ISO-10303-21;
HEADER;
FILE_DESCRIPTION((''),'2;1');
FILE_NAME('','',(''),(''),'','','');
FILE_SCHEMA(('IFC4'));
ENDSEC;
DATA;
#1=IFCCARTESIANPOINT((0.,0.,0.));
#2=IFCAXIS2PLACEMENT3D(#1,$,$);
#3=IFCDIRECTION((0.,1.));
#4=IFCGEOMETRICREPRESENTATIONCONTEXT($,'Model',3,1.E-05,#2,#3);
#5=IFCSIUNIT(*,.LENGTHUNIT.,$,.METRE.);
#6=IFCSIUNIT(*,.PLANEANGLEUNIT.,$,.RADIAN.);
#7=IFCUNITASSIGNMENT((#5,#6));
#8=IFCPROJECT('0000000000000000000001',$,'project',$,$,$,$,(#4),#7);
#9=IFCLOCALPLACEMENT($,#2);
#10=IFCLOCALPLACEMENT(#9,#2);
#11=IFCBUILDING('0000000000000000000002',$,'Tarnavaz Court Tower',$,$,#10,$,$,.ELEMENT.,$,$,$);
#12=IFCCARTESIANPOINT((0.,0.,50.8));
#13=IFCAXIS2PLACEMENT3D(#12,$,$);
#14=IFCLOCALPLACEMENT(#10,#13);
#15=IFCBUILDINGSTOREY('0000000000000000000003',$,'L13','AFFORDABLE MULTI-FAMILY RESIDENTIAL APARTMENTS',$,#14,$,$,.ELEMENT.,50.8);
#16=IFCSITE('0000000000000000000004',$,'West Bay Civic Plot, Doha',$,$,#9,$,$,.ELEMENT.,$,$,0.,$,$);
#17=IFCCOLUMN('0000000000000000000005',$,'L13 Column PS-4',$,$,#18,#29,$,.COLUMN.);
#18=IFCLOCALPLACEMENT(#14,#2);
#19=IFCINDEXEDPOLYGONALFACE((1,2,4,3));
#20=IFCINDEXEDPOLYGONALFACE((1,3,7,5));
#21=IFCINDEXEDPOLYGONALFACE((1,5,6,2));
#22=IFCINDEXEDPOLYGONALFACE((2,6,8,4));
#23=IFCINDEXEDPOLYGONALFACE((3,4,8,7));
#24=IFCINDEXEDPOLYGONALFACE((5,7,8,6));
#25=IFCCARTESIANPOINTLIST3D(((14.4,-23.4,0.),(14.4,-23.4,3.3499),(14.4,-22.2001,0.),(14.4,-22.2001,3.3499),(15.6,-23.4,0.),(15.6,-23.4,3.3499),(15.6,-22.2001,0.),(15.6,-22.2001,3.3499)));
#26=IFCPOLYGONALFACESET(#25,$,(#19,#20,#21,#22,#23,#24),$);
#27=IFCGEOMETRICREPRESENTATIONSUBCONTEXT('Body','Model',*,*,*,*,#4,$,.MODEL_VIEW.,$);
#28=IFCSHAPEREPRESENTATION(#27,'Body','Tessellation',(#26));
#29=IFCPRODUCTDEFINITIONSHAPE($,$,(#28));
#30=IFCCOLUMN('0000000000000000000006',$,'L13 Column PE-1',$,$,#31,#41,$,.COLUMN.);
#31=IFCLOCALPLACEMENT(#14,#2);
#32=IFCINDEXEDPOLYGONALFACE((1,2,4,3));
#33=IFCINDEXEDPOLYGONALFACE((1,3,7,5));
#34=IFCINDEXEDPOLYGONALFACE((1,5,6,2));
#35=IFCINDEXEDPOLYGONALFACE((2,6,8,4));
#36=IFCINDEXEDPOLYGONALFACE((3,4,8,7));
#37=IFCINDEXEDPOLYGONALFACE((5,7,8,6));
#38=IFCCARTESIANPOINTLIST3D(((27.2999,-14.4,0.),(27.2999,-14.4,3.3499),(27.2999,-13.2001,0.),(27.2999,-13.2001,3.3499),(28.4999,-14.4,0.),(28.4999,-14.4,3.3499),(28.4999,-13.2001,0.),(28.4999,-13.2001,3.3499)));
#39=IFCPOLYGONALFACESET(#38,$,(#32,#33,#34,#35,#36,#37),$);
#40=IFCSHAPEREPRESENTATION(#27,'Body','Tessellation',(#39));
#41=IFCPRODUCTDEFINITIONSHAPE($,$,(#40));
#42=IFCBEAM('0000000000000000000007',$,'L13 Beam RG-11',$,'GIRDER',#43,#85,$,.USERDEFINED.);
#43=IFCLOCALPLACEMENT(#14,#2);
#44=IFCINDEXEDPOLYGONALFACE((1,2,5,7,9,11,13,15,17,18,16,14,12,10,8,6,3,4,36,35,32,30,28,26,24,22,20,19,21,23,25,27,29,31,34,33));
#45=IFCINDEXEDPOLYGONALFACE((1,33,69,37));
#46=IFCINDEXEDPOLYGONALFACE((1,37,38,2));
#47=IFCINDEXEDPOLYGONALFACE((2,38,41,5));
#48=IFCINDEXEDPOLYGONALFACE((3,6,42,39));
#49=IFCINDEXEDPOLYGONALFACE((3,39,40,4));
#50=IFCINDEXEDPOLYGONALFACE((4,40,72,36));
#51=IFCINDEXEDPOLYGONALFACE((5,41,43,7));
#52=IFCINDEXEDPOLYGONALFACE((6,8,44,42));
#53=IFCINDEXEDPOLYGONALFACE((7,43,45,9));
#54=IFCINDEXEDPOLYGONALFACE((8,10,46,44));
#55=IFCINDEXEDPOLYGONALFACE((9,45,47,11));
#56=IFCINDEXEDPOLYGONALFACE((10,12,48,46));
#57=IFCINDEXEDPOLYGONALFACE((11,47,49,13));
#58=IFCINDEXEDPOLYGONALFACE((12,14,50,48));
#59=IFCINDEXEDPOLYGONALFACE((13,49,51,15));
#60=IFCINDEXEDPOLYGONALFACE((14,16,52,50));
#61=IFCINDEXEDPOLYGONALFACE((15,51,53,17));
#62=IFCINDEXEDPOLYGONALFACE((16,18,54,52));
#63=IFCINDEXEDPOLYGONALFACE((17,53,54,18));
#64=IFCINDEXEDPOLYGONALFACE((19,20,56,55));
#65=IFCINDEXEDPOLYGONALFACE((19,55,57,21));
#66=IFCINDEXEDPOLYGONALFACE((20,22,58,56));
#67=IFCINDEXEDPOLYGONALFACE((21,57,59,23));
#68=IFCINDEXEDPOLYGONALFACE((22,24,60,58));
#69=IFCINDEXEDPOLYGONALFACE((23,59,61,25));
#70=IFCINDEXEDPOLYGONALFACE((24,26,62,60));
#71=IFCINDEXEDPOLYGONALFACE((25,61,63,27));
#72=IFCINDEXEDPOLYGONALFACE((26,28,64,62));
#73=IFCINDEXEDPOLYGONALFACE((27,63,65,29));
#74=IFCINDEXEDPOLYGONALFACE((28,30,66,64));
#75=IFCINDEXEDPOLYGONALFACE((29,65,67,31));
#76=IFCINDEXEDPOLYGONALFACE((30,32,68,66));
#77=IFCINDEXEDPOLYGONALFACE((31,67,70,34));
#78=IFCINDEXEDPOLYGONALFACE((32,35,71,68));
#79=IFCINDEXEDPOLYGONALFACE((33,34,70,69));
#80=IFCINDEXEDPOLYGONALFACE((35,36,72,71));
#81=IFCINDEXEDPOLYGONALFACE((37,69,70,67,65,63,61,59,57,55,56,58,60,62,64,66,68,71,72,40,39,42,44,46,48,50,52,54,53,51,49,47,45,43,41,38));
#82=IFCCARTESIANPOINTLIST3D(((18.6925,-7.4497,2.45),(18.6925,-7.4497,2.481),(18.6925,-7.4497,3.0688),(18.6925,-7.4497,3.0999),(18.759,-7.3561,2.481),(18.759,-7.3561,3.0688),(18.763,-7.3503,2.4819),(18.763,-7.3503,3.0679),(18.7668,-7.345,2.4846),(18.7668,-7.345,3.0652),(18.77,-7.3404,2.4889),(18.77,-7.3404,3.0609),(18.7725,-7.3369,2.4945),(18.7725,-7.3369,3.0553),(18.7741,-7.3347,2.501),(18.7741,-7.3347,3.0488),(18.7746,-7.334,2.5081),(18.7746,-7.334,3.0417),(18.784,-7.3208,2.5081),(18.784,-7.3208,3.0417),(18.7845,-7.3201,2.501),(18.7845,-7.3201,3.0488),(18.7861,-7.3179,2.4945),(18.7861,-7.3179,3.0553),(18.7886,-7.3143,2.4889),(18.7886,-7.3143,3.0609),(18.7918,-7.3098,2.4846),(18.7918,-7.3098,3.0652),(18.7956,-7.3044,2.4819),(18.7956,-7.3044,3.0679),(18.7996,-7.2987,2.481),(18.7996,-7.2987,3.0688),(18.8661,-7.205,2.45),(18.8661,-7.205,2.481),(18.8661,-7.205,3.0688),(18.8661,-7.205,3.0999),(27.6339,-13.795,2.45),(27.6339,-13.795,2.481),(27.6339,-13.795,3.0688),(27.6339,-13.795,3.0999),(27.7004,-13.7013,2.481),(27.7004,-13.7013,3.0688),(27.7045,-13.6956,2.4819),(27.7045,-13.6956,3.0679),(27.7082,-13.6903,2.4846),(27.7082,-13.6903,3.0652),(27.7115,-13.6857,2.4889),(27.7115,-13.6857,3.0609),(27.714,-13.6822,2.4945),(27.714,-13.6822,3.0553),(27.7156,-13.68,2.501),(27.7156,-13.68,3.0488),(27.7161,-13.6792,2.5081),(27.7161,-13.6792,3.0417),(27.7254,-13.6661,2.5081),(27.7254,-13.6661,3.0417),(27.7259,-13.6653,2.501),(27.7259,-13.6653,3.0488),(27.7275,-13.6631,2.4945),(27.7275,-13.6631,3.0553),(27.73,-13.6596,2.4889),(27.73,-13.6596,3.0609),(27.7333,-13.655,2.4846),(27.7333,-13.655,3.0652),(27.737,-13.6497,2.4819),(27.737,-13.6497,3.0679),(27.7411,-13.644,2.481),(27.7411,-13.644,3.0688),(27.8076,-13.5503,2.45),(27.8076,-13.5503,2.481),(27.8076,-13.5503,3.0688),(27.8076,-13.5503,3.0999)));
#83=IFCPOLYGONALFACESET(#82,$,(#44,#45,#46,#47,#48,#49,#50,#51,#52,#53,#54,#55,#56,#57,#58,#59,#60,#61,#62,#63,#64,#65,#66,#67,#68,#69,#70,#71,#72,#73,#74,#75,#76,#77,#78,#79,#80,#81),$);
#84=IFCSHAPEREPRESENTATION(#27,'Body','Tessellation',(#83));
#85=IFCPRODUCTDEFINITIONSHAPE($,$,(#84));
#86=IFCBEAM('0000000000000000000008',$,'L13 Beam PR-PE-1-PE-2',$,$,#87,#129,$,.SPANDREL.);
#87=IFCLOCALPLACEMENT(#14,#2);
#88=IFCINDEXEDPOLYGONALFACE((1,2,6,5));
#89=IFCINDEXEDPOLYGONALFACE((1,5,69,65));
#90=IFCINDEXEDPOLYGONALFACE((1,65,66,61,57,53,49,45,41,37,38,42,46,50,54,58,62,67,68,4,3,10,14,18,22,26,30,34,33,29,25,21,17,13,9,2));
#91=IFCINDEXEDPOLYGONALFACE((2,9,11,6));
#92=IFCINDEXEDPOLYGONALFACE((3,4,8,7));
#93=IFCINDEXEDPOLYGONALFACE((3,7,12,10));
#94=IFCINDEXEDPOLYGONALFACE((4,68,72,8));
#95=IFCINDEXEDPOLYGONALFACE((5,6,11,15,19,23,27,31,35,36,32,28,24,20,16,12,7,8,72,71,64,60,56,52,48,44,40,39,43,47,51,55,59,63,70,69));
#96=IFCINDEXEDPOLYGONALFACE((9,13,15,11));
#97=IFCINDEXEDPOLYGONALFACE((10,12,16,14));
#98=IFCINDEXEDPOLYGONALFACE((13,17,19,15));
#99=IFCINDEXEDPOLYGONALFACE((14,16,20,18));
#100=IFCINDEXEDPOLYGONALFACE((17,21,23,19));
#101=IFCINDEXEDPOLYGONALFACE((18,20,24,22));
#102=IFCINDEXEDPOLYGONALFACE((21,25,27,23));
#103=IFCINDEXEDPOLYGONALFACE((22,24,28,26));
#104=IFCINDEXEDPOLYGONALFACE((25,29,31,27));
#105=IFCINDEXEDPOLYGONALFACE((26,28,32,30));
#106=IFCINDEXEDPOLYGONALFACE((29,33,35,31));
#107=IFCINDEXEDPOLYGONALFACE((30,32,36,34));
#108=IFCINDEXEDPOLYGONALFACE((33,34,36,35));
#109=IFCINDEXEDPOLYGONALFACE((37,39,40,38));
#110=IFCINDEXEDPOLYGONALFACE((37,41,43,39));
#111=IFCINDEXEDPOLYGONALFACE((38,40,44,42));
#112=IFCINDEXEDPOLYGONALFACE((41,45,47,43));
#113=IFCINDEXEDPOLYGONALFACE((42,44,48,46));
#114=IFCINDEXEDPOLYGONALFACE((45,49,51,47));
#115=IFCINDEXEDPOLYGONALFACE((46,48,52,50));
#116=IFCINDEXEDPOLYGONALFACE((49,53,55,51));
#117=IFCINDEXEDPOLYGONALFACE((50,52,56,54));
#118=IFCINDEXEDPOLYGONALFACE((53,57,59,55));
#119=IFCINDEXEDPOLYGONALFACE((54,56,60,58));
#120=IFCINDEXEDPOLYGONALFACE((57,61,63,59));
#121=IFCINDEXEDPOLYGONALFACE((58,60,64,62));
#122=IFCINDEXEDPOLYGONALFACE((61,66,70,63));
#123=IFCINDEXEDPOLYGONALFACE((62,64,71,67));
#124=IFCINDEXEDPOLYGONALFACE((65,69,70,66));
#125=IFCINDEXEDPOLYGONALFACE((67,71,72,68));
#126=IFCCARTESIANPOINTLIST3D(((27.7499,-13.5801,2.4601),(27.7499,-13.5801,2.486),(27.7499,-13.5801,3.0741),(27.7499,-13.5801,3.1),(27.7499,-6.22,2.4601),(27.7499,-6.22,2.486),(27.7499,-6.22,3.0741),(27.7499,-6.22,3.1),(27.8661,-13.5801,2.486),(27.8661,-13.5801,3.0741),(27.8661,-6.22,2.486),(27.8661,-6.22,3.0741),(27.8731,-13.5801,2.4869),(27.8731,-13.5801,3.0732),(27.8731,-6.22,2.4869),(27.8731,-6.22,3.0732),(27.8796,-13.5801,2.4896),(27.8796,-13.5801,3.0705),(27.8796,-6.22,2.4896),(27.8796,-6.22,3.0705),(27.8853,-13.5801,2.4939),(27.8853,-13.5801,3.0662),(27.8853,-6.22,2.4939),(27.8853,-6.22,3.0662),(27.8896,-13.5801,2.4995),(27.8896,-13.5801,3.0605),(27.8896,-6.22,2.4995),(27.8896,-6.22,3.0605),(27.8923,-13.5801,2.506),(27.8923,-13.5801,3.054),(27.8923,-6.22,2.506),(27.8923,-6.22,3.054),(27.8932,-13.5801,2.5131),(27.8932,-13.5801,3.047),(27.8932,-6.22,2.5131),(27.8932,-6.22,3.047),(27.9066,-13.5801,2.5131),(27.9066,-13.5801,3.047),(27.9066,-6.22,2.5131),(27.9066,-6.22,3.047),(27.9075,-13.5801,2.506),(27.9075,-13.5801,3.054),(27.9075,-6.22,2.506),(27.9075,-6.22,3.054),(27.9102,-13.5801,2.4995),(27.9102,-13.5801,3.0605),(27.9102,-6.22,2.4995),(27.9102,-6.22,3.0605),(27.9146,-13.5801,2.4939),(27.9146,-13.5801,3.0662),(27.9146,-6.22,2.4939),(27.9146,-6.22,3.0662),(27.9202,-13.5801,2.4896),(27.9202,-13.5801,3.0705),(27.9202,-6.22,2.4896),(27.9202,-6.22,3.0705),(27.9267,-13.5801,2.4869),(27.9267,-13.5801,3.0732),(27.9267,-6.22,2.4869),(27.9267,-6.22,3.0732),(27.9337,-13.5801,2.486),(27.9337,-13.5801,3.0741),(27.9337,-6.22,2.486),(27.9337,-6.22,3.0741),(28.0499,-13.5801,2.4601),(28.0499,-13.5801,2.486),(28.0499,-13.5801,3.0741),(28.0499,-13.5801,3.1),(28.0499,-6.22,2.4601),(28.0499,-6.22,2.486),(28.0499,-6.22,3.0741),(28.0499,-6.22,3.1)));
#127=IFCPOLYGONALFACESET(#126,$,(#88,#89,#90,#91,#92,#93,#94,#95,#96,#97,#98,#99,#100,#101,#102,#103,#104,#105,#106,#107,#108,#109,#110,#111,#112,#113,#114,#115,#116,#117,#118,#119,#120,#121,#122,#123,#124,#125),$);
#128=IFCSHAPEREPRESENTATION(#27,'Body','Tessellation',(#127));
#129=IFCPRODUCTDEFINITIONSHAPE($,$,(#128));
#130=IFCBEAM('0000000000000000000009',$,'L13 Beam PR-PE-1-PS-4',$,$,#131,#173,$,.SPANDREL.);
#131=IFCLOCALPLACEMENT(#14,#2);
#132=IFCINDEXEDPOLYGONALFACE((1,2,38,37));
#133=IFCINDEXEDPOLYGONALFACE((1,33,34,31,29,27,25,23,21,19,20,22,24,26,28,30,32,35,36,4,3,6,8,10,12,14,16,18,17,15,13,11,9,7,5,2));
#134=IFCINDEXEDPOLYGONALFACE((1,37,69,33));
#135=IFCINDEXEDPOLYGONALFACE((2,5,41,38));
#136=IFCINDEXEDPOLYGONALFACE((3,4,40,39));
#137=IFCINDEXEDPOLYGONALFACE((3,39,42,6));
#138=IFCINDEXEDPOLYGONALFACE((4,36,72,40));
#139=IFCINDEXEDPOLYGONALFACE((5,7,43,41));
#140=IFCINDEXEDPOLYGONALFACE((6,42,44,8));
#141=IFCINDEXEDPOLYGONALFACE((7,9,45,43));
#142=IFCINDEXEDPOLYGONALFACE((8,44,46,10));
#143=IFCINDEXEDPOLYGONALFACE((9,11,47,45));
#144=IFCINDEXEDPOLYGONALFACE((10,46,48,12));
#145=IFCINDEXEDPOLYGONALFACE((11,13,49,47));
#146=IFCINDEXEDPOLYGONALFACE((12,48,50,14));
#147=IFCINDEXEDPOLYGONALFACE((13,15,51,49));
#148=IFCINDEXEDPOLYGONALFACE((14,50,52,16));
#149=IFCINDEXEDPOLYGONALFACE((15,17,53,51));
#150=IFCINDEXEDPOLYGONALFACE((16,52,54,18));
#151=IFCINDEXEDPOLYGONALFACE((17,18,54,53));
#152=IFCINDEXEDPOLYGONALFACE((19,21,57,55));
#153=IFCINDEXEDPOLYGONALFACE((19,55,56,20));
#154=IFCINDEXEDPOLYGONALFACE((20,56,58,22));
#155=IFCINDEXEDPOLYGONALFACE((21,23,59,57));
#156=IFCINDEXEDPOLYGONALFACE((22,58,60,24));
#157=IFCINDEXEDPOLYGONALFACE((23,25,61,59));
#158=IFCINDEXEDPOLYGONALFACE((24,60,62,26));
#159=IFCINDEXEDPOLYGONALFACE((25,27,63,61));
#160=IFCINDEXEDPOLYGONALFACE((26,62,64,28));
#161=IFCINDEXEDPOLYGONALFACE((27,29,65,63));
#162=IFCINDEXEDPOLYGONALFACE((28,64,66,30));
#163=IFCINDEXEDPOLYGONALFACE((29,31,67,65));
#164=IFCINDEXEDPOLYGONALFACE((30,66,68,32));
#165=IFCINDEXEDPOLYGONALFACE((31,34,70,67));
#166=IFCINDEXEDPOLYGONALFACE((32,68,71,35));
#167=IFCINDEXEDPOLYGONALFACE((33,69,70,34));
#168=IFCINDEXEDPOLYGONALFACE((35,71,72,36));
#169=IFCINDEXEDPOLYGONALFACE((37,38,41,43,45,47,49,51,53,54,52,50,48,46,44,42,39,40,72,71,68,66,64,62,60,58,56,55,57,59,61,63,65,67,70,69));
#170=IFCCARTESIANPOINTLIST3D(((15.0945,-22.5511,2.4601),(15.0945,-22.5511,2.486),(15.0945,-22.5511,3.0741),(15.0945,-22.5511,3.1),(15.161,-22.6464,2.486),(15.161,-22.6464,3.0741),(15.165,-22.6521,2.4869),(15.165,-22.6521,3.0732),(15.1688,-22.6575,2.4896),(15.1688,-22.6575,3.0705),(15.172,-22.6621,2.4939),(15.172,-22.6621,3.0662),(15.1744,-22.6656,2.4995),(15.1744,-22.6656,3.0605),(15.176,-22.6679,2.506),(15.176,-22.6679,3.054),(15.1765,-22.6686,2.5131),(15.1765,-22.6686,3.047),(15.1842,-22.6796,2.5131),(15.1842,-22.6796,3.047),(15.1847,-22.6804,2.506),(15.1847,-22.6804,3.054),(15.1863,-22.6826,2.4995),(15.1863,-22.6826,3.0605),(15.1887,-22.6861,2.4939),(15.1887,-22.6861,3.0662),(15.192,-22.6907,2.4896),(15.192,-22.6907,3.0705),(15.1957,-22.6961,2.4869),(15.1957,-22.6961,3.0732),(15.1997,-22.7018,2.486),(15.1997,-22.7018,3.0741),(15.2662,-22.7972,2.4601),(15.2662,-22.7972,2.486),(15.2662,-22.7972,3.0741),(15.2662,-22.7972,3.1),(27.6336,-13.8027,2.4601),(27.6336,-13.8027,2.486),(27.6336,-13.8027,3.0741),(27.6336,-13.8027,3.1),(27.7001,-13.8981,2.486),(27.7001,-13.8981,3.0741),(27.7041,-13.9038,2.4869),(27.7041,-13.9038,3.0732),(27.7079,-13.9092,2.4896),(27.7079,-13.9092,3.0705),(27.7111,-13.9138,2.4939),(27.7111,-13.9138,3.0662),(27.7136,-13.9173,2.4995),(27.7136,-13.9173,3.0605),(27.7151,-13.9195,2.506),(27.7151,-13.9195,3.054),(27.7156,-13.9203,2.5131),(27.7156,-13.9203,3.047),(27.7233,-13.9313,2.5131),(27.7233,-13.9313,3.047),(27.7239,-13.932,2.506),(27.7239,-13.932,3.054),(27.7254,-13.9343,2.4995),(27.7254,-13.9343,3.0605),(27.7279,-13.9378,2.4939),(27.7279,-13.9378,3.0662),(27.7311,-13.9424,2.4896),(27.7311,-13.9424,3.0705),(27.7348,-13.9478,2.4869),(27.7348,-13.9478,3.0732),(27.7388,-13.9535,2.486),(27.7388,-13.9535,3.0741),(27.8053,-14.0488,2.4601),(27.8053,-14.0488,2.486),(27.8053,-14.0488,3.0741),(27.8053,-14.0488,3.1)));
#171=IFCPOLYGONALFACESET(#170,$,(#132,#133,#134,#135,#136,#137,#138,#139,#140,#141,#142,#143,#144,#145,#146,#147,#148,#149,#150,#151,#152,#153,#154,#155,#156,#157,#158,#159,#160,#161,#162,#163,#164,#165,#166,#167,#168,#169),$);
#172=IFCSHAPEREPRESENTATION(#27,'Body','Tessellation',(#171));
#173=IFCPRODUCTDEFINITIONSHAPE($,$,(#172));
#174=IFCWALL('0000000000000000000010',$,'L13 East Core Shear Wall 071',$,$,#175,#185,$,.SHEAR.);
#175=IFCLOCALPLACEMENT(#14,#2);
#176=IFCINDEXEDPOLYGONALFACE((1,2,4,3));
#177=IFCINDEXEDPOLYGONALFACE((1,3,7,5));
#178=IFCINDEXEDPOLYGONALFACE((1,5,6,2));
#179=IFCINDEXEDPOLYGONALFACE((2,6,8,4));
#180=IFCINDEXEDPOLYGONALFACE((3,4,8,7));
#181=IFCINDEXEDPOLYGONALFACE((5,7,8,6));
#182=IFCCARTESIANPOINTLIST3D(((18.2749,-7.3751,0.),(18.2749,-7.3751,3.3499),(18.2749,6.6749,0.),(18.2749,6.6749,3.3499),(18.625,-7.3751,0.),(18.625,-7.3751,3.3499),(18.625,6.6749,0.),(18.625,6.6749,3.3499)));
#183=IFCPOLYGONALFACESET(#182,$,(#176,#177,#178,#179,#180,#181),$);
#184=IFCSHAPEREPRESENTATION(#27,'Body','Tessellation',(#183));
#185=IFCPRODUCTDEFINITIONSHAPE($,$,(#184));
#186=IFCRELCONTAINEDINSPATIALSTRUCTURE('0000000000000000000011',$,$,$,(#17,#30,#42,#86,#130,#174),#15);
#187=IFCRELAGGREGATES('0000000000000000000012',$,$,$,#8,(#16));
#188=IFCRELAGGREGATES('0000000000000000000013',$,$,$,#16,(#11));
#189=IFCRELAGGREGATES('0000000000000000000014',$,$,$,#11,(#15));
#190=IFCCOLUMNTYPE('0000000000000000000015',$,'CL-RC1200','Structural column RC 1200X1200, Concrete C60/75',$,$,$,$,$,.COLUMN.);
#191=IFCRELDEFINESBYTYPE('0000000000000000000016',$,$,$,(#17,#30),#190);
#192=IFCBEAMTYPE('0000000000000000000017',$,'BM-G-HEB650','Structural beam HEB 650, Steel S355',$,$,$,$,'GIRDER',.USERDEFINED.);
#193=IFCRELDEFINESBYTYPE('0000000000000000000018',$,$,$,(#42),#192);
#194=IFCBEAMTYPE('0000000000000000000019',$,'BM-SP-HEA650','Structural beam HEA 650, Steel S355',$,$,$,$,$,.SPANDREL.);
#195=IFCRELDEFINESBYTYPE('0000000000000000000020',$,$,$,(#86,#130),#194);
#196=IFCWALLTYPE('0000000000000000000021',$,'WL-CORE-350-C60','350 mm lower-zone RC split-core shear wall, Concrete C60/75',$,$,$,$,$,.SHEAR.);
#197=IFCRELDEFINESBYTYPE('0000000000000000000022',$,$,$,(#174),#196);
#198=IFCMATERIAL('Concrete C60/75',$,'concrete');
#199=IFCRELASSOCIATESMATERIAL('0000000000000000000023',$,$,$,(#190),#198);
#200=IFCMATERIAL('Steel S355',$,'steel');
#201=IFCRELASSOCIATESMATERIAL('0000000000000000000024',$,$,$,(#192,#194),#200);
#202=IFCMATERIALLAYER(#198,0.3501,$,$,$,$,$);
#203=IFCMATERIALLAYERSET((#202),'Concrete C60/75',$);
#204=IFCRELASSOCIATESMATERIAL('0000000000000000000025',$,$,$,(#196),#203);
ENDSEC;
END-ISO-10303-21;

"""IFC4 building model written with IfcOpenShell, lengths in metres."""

from ifc_helpers import new_model, si_unit, direction, frame, frame_2d, origin, origin_2d, place, context, subcontext, project, spatial, rectangle, i_section, extrude, material, layer, layer_set, material_profile, profile_set, type_object, element, save


model = new_model("IFC4")

# Units and contexts
model_context = context("Model", 3, precision=1e-05, world=origin(), true_north=direction((0.0, 1.0)))
body_context = subcontext(model_context, "Body", "Model", "MODEL_VIEW")
ifc_project = project(units=[si_unit("LENGTHUNIT", "METRE"), si_unit("PLANEANGLEUNIT", "RADIAN")], contexts=[model_context])

# Site, building, storey
site_placement = place(None, origin())
site = spatial("IfcSite", under=ifc_project, at=site_placement, Name="West Bay Civic Plot, Doha", CompositionType="ELEMENT", RefElevation=0.0)
building_placement = place(site_placement, origin())
building = spatial("IfcBuilding", under=site, at=building_placement, Name="Tarnavaz Court Tower", CompositionType="ELEMENT")
storey_placement = place(building_placement, frame((0.0, 0.0, 50.8)))
storey = spatial("IfcBuildingStorey", under=building, at=storey_placement, Name="L13", Description="AFFORDABLE MULTI-FAMILY RESIDENTIAL APARTMENTS", CompositionType="ELEMENT", Elevation=50.8)

# Columns
ifc_material_1 = material(Name="Concrete C60/75", Category="concrete")
ifc_material_profile_1 = material_profile(ifc_material_1, rectangle(XDim=1.2, YDim=1.2, at=origin_2d()), Name="RC 1200X1200")
ifc_profile_set_1 = profile_set([ifc_material_profile_1], Name="Concrete C60/75")
column_type = type_object("IfcColumnType", Name="CL-RC1200", Description="Structural column RC 1200X1200, Concrete C60/75", PredefinedType="COLUMN", material=ifc_profile_set_1)
for number, where, z_axis, x_axis, name in (
    (1, (15.0, -22.8, 0.0), (0.0, 0.0, 1.0), (1.0, 0.0, 0.0), "L13 Column PS-4"),
    (2, (27.8999, -13.8, 0.0), (0.0, 0.0, 1.0), (1.0, 0.0, 0.0), "L13 Column PE-1"),
):
    element("IfcColumn", number, at=place(storey_placement, frame(where, z_axis=z_axis, x_axis=x_axis)), inside=storey, type_object=column_type, Name=name, PredefinedType="COLUMN", context=body_context, shape_type="SweptSolid", body=[
        extrude(rectangle(XDim=1.2, YDim=1.2, at=origin_2d()), origin(), (0.0, 0.0, 1.0), 3.3499),
    ])

# Beams
ifc_material_2 = material(Name="Steel S355", Category="steel")
ifc_material_profile_2 = material_profile(ifc_material_2, i_section(OverallWidth=0.3, OverallDepth=0.6499, WebThickness=0.0161, FlangeThickness=0.031, FilletRadius=0.0271, at=origin_2d()), Name="HEB 650")
ifc_profile_set_2 = profile_set([ifc_material_profile_2], Name="Steel S355")
beam_type_1 = type_object("IfcBeamType", Name="BM-G-HEB650", Description="Structural beam HEB 650, Steel S355", ElementType="GIRDER", PredefinedType="USERDEFINED", material=ifc_profile_set_2)
beam_1_placement = place(storey_placement, frame((18.7793, -7.3274, 2.7749), z_axis=(0.81552, -0.578729, 0.0), x_axis=(0.578729, 0.81552, 0.0)))
element("IfcBeam", 3, at=beam_1_placement, inside=storey, type_object=beam_type_1, Name="L13 Beam RG-11", ObjectType="GIRDER", PredefinedType="USERDEFINED", context=body_context, shape_type="SweptSolid", body=[
    extrude(i_section(OverallWidth=0.3, OverallDepth=0.6499, WebThickness=0.0161, FlangeThickness=0.031, FilletRadius=0.0271, at=origin_2d()), origin(), (0.0, 0.0, 1.0), 10.9641),
])
ifc_material_profile_3 = material_profile(ifc_material_2, i_section(OverallWidth=0.3, OverallDepth=0.6399, WebThickness=0.0134, FlangeThickness=0.0259, FilletRadius=0.0271, at=origin_2d()), Name="HEA 650")
ifc_profile_set_3 = profile_set([ifc_material_profile_3], Name="Steel S355")
beam_type_2 = type_object("IfcBeamType", Name="BM-SP-HEA650", Description="Structural beam HEA 650, Steel S355", PredefinedType="SPANDREL", material=ifc_profile_set_3)
beam_2_placement = place(storey_placement, frame((27.8999, -13.5801, 2.78), z_axis=(0.0, 1.0, 0.0), x_axis=(-1.0, 0.0, 0.0)))
element("IfcBeam", 4, at=beam_2_placement, inside=storey, type_object=beam_type_2, Name="L13 Beam PR-PE-1-PE-2", PredefinedType="SPANDREL", context=body_context, shape_type="SweptSolid", body=[
    extrude(i_section(OverallWidth=0.3, OverallDepth=0.6399, WebThickness=0.0134, FlangeThickness=0.0259, FilletRadius=0.0271, at=origin_2d()), origin(), (0.0, 0.0, 1.0), 7.3601),
])
beam_3_placement = place(storey_placement, frame((27.7195, -13.9258, 2.78), z_axis=(-0.820124, -0.572186, 0.0), x_axis=(0.572186, -0.820124, 0.0)))
element("IfcBeam", 5, at=beam_3_placement, inside=storey, type_object=beam_type_2, Name="L13 Beam PR-PE-1-PS-4", PredefinedType="SPANDREL", context=body_context, shape_type="SweptSolid", body=[
    extrude(i_section(OverallWidth=0.3, OverallDepth=0.6399, WebThickness=0.0134, FlangeThickness=0.0259, FilletRadius=0.0271, at=origin_2d()), origin(), (0.0, 0.0, 1.0), 15.2893),
])

# Wall
ifc_layer_1 = layer(ifc_material_1, 0.3501)
ifc_layer_set_1 = layer_set([ifc_layer_1], Name="Concrete C60/75")
wall_type_1 = type_object("IfcWallType", Name="WL-CORE-350-C60", Description="350 mm lower-zone RC split-core shear wall, Concrete C60/75", PredefinedType="SHEAR", material=ifc_layer_set_1)
wall_1_placement = place(storey_placement, frame((18.45, -7.375, 0.0), z_axis=(0.0, 0.0, 1.0), x_axis=(0.0, 1.0, 0.0)))
element("IfcWall", 6, at=wall_1_placement, inside=storey, type_object=wall_type_1, Name="L13 East Core Shear Wall 071", PredefinedType="SHEAR", context=body_context, shape_type="SweptSolid", body=[
    extrude(rectangle(XDim=14.05, YDim=0.3501, at=frame_2d((7.0249, 0.0))), origin(), (0.0, 0.0, 1.0), 3.3499),
])

save(model, "model.ifc")
